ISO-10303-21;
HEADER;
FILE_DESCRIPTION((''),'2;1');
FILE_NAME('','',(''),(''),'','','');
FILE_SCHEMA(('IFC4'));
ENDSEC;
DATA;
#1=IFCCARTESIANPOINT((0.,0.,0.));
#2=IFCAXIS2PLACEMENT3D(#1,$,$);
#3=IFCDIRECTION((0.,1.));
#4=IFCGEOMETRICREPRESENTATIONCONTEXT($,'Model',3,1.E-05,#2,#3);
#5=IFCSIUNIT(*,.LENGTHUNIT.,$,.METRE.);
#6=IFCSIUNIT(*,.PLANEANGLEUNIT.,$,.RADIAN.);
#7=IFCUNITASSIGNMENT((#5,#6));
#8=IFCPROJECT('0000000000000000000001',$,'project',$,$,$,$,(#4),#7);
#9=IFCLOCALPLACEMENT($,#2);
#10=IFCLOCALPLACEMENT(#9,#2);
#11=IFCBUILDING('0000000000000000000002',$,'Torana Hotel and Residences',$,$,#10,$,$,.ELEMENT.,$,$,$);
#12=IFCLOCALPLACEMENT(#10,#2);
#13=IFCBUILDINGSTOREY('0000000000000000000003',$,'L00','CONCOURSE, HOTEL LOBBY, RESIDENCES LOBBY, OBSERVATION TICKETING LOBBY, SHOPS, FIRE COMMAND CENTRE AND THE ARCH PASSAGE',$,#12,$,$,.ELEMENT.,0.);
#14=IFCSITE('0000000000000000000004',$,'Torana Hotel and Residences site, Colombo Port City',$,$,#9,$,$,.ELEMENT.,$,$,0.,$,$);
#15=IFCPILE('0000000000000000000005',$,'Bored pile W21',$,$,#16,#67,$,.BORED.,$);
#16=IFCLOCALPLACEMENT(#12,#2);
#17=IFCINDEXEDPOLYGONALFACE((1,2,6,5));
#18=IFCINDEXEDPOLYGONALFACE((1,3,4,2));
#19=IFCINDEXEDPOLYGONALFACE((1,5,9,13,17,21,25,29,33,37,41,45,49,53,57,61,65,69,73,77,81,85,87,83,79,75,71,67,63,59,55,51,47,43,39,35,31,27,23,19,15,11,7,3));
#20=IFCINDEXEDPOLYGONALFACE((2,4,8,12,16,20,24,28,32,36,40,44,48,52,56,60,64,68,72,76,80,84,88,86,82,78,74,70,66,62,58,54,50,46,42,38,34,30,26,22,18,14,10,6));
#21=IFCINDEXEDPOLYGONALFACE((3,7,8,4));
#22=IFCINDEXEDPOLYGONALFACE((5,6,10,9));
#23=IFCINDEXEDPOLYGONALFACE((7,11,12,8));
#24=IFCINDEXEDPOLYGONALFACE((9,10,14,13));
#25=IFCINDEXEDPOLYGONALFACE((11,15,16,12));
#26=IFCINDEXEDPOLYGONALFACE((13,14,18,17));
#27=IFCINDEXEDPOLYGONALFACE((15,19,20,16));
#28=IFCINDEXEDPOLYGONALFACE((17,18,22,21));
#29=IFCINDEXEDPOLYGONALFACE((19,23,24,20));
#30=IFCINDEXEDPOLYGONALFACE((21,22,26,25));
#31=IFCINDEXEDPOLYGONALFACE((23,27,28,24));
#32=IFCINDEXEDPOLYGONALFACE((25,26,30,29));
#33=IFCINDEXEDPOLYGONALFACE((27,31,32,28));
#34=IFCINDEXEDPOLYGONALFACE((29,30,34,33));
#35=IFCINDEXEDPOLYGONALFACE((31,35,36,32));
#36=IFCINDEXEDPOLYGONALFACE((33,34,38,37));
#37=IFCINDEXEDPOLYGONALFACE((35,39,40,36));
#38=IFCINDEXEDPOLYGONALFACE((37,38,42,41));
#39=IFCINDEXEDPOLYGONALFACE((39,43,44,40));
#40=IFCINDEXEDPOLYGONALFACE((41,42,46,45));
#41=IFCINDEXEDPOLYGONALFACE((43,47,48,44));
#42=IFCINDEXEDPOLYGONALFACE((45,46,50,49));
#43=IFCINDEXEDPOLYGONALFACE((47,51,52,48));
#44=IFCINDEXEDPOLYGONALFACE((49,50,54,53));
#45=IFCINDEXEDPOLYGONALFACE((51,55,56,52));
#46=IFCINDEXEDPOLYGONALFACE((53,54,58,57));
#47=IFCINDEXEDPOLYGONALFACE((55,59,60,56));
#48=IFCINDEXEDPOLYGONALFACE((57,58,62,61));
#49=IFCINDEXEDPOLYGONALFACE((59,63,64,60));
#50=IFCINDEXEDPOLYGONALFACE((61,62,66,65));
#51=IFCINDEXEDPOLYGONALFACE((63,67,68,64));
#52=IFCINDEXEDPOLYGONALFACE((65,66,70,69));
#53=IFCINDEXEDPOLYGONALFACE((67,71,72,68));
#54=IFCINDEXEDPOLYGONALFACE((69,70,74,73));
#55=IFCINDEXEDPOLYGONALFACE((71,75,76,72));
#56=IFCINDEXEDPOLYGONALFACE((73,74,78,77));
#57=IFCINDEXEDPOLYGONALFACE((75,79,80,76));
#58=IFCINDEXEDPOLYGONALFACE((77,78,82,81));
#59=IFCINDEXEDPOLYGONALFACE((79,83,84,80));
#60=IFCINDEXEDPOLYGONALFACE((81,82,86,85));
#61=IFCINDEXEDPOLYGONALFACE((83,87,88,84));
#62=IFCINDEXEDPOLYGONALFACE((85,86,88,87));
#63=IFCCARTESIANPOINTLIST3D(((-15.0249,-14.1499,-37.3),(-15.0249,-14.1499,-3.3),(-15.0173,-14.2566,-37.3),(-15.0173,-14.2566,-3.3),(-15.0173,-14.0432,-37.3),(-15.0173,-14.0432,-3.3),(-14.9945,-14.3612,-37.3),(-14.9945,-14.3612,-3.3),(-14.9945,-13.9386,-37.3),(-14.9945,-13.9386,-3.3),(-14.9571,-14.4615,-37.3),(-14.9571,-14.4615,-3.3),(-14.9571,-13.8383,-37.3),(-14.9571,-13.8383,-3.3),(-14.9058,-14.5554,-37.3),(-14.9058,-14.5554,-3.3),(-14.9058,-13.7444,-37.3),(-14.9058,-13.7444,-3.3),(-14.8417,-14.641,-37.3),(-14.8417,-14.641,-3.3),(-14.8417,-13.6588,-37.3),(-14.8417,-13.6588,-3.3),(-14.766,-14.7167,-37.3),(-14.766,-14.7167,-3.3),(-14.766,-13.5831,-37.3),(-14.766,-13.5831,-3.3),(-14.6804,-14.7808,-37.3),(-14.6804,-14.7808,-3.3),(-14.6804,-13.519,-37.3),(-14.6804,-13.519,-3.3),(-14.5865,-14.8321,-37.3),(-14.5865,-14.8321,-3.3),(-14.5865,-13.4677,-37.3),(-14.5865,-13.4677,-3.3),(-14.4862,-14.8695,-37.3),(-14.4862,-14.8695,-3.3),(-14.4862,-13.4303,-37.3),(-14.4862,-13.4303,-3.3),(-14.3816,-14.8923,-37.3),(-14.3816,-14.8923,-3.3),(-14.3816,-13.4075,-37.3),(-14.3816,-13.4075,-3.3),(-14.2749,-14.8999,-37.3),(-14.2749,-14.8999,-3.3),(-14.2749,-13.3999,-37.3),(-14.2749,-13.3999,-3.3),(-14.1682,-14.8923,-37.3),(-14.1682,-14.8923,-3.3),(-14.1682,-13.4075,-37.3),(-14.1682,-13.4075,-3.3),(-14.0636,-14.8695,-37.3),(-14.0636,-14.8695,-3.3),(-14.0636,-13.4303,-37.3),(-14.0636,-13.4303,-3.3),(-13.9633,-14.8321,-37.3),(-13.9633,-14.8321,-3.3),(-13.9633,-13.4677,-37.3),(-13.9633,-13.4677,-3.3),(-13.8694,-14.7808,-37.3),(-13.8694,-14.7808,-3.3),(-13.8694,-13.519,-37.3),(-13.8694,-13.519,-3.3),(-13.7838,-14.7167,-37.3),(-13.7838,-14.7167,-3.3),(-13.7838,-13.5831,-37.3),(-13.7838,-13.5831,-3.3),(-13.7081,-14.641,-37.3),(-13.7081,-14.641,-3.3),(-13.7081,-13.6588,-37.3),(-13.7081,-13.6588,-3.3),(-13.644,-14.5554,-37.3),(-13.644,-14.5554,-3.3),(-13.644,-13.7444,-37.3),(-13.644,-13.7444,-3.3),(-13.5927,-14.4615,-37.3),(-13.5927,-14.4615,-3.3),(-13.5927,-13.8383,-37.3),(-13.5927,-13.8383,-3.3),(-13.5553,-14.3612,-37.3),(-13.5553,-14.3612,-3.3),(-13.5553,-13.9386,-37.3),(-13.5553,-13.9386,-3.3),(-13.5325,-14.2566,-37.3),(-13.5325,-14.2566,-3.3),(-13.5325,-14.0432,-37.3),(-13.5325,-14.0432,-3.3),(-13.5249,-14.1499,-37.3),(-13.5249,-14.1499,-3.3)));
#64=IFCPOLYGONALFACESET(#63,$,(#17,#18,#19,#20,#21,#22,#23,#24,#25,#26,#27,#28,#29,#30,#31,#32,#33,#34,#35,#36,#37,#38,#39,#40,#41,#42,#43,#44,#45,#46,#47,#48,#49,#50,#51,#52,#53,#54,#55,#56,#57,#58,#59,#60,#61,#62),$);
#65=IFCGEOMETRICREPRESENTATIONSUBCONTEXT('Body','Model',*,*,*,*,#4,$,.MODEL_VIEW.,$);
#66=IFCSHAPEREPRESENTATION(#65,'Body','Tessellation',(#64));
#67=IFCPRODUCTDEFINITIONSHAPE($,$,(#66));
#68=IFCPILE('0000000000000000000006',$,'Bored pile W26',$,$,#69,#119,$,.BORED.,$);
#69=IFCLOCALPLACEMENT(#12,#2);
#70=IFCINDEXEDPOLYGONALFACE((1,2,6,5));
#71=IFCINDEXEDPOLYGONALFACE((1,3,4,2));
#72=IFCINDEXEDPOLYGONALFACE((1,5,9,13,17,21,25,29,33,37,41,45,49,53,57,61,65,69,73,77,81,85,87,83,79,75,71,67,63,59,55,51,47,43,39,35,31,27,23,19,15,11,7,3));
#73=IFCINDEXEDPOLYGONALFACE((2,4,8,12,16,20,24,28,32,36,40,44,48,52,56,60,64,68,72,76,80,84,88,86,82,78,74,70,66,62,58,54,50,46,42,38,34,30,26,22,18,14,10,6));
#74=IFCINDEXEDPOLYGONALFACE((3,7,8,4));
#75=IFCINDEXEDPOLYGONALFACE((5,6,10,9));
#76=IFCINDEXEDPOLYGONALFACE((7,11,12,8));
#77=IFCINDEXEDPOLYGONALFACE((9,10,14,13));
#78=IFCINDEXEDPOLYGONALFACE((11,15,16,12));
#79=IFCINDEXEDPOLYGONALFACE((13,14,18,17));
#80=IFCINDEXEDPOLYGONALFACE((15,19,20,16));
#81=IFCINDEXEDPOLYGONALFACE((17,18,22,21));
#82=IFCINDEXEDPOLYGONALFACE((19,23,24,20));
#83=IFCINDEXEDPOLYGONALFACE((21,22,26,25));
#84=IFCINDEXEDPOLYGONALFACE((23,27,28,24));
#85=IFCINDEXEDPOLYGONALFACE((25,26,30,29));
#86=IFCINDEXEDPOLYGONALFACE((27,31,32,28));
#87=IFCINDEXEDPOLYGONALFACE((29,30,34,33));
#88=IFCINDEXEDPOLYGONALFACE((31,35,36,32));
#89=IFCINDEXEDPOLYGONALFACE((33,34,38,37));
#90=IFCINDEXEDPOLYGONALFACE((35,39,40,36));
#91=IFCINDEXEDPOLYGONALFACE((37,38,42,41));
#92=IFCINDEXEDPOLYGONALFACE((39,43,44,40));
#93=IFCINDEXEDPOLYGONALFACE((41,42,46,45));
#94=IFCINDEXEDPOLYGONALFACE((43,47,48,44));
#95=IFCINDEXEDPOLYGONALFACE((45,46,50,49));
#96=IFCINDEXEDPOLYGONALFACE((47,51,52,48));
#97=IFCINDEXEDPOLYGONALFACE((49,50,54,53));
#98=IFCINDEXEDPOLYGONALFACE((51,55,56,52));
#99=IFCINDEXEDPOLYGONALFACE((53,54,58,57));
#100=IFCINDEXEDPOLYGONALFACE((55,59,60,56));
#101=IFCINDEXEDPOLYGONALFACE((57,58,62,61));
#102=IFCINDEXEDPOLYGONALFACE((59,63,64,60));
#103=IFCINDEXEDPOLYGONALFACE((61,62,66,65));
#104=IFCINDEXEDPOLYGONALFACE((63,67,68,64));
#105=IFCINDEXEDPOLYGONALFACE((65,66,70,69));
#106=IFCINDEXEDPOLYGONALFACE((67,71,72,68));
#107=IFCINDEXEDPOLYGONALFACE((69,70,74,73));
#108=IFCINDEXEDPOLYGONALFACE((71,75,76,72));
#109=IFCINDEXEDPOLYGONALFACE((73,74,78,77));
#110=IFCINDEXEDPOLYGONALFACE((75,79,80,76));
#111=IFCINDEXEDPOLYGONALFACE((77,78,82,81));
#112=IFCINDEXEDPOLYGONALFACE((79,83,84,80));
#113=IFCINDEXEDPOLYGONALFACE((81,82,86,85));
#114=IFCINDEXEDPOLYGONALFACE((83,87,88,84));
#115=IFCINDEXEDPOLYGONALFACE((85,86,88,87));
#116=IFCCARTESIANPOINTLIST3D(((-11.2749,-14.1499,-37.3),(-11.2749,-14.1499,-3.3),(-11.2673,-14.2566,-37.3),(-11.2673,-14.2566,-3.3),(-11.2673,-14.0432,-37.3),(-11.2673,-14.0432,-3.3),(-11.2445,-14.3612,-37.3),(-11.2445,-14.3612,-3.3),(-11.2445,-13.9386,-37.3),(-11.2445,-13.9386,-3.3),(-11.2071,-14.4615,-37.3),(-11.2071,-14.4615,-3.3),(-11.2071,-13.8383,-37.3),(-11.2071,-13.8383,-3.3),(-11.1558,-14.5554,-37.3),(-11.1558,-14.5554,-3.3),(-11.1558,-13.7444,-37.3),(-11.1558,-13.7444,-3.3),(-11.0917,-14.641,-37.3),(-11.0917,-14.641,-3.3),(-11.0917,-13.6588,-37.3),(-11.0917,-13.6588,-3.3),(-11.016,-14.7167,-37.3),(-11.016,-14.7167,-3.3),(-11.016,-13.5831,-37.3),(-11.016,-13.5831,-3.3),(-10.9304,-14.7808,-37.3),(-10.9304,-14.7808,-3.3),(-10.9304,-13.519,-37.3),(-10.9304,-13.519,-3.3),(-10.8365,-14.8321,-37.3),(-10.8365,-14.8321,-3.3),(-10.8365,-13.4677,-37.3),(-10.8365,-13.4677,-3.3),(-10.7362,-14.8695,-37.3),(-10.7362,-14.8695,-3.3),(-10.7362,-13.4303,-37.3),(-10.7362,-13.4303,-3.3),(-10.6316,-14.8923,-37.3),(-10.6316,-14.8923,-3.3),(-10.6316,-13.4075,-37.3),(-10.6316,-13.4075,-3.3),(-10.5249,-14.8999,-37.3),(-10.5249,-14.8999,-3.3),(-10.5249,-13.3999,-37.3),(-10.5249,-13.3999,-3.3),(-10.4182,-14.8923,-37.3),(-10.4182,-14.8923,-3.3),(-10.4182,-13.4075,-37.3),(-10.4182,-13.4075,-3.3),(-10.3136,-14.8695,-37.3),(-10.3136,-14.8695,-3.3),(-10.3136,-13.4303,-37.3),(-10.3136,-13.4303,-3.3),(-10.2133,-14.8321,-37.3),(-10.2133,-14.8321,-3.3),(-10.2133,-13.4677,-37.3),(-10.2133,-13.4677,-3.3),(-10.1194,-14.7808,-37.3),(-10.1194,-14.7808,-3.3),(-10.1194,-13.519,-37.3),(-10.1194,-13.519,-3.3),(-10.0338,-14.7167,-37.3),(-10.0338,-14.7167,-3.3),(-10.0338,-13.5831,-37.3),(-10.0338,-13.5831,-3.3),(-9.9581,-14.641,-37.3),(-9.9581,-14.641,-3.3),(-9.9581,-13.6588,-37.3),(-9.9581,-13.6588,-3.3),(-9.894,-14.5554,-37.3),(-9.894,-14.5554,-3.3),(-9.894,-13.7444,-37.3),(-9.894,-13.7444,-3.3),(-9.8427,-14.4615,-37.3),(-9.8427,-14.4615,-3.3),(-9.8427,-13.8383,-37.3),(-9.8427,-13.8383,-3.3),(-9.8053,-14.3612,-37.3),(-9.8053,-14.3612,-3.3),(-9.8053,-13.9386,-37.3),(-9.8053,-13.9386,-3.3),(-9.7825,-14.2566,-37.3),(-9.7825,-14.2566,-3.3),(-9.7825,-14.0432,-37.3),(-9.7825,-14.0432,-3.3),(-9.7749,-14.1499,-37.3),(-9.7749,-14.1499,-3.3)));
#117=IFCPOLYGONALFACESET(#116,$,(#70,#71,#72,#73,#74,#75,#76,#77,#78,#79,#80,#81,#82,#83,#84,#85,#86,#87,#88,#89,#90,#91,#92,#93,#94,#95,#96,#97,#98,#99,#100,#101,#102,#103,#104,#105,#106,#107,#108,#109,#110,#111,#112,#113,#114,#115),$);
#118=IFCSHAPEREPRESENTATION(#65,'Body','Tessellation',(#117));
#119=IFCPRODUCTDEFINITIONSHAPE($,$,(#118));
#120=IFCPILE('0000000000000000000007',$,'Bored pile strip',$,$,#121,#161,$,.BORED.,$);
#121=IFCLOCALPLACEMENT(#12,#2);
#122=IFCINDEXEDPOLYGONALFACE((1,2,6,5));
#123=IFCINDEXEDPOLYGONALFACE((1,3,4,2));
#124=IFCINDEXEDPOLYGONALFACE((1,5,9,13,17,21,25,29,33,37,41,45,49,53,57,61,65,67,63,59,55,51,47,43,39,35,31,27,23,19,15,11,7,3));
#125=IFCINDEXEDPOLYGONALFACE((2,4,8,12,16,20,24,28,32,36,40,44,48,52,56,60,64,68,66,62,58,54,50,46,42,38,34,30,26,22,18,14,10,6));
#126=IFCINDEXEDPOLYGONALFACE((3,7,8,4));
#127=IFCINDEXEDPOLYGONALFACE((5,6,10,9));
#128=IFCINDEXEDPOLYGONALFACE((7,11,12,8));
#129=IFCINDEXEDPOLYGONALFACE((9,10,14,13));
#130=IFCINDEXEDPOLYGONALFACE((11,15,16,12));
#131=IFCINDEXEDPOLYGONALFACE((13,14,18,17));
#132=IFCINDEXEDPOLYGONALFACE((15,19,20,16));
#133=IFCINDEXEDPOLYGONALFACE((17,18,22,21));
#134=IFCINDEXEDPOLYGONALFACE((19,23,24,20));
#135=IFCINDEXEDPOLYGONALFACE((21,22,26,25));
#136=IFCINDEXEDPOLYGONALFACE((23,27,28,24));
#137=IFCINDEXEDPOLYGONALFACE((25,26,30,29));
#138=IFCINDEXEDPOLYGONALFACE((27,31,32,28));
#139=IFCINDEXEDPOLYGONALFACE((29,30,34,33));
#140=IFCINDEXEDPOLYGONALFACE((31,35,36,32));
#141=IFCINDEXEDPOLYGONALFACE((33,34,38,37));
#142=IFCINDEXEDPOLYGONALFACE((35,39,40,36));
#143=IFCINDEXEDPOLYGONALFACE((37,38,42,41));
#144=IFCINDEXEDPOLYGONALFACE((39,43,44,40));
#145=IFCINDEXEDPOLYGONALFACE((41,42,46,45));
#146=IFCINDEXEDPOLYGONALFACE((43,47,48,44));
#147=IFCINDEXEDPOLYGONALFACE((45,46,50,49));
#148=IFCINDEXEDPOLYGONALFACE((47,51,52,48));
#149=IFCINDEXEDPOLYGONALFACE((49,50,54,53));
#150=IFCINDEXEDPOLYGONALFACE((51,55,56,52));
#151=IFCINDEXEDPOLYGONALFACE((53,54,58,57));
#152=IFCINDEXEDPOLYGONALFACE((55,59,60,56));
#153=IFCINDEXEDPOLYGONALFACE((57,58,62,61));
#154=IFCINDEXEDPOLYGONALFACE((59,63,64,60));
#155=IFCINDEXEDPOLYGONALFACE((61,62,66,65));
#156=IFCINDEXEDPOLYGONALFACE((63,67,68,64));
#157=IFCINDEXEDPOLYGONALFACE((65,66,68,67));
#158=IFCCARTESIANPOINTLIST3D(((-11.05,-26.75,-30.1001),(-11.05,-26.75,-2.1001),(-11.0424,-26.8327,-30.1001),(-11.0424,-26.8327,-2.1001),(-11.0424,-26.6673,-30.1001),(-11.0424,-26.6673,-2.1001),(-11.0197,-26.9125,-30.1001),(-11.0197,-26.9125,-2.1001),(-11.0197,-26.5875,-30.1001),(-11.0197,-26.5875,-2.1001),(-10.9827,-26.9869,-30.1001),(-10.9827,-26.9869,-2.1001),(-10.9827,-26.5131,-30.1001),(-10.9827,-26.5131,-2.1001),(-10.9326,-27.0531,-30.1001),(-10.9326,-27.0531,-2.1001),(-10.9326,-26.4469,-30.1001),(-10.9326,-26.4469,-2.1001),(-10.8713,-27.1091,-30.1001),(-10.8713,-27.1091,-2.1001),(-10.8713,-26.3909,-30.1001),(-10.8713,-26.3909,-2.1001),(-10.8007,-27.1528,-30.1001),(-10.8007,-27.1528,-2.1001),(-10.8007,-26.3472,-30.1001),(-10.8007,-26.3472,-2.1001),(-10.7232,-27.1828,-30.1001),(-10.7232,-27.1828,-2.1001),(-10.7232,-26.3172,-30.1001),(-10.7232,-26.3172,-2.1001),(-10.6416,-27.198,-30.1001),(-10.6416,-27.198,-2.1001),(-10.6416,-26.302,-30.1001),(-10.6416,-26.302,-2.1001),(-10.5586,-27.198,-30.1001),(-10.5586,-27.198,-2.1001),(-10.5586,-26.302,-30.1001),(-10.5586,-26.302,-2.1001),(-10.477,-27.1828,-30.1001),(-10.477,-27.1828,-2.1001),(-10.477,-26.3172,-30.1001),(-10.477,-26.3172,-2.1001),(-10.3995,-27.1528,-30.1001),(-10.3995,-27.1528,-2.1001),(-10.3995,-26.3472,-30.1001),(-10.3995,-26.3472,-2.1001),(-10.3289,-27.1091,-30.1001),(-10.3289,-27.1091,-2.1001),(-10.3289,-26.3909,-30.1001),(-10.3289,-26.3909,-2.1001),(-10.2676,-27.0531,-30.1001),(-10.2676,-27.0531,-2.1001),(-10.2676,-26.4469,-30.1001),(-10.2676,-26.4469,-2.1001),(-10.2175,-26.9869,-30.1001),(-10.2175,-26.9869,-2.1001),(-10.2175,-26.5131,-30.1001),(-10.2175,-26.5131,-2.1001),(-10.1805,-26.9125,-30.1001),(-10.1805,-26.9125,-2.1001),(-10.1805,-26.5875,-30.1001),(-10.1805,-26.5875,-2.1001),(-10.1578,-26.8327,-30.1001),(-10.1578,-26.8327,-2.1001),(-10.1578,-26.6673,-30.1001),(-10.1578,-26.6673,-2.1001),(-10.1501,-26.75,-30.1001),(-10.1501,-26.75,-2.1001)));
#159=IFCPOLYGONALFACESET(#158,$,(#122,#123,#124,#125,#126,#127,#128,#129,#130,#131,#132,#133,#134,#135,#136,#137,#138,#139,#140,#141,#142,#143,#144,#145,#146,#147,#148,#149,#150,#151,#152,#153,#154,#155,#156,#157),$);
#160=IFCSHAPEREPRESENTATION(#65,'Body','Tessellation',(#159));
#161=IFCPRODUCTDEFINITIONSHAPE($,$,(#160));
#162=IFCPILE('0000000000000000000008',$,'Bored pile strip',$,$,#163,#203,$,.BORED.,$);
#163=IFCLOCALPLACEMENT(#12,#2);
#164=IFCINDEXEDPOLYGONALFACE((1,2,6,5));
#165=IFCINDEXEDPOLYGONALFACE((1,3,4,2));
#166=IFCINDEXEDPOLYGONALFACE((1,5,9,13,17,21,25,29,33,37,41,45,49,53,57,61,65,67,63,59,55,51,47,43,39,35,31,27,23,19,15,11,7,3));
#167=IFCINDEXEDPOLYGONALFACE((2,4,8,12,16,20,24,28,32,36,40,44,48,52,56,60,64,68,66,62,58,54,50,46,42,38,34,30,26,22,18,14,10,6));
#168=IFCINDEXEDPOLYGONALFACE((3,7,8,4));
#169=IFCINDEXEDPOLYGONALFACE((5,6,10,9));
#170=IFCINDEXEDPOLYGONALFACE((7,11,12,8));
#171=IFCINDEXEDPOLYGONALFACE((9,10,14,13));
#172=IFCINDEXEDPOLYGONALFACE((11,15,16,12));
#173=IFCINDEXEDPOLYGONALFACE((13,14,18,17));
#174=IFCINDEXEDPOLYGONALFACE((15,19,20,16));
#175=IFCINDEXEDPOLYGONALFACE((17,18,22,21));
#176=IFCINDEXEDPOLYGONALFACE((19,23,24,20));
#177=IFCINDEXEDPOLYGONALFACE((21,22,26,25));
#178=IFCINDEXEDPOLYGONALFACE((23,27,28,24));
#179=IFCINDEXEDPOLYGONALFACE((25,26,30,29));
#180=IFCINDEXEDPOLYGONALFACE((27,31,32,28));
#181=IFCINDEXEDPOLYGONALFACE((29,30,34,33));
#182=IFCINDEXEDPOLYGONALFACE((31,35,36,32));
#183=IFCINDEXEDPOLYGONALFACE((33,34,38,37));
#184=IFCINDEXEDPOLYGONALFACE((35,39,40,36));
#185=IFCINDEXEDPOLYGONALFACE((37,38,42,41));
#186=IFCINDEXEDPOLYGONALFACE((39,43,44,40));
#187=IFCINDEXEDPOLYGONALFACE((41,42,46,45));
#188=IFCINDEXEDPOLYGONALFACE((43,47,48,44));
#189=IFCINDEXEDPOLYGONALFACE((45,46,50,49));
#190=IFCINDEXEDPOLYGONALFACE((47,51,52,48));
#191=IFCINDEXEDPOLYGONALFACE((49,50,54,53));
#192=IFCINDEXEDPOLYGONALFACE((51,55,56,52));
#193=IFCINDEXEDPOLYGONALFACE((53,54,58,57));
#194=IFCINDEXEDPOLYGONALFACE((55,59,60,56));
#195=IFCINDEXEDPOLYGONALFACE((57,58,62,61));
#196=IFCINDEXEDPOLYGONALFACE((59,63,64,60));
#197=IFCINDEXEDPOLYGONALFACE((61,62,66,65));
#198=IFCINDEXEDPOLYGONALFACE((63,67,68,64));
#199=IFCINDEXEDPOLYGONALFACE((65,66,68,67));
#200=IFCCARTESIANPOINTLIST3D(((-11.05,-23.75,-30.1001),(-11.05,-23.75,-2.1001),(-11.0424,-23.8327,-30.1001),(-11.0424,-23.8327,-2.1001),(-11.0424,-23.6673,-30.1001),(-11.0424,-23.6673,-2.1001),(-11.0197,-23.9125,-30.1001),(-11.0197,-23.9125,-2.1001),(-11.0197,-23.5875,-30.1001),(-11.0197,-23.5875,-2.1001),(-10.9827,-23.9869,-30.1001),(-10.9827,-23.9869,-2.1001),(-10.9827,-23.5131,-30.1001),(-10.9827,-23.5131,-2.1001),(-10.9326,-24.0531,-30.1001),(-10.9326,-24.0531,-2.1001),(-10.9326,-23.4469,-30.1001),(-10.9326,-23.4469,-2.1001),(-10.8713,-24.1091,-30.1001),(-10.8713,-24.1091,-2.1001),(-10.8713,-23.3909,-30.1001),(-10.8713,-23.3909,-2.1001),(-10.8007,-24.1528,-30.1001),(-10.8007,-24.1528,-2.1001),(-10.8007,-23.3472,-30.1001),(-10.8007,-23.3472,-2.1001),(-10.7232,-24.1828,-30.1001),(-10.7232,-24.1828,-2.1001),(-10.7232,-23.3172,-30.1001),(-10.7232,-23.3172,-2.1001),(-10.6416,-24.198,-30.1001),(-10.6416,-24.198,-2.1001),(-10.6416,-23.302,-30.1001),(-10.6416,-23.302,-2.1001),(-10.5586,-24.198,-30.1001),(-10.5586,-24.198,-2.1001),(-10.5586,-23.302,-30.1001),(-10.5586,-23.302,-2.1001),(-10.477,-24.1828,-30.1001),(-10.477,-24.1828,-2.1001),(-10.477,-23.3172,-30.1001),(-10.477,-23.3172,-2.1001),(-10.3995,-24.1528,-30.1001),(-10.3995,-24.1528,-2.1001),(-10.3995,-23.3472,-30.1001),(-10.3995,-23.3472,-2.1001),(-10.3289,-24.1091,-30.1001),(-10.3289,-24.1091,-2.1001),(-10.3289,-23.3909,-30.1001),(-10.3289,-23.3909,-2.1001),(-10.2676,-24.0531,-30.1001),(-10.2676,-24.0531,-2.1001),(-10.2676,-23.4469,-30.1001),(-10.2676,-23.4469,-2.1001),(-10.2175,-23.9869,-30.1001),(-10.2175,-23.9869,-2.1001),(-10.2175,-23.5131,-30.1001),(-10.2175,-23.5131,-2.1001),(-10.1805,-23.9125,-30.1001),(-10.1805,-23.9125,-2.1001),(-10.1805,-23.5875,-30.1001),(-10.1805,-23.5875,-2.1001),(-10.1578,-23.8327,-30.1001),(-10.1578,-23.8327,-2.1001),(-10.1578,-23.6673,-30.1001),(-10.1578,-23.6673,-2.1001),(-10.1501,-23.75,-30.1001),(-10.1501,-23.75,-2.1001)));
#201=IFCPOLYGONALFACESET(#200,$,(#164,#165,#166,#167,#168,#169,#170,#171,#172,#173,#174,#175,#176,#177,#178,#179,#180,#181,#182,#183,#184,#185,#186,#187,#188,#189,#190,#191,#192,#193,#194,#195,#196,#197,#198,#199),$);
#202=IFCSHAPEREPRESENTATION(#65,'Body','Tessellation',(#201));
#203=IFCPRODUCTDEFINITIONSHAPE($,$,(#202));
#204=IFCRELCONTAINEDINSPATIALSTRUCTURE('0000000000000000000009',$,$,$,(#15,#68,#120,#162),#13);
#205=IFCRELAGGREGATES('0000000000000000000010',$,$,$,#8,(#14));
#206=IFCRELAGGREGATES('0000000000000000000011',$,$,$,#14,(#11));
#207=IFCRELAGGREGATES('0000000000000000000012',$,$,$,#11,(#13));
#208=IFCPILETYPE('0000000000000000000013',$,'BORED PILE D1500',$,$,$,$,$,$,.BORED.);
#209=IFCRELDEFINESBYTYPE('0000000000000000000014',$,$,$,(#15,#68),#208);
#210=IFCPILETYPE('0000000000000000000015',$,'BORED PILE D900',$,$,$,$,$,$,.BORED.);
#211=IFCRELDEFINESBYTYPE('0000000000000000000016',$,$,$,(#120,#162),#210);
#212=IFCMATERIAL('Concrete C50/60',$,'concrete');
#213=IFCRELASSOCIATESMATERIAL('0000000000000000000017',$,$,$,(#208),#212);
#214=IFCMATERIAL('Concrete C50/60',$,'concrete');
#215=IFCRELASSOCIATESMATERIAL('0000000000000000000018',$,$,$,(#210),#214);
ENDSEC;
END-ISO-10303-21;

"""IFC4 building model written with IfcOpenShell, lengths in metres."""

from ifc_helpers import new_model, si_unit, direction, frame, origin, origin_2d, place, context, subcontext, project, spatial, circle, extrude, material, type_object, element, save


model = new_model("IFC4")

# Units and contexts
model_context = context("Model", 3, precision=1e-05, world=origin(), true_north=direction((0.0, 1.0)))
body_context = subcontext(model_context, "Body", "Model", "MODEL_VIEW")
ifc_project = project(units=[si_unit("LENGTHUNIT", "METRE"), si_unit("PLANEANGLEUNIT", "RADIAN")], contexts=[model_context])

# Site, building, storey
site_placement = place(None, origin())
site = spatial("IfcSite", under=ifc_project, at=site_placement, Name="Torana Hotel and Residences site, Colombo Port City", CompositionType="ELEMENT", RefElevation=0.0)
building_placement = place(site_placement, origin())
building = spatial("IfcBuilding", under=site, at=building_placement, Name="Torana Hotel and Residences", CompositionType="ELEMENT")
storey_placement = place(building_placement, origin())
storey = spatial("IfcBuildingStorey", under=building, at=storey_placement, Name="L00", Description="CONCOURSE, HOTEL LOBBY, RESIDENCES LOBBY, OBSERVATION TICKETING LOBBY, SHOPS, FIRE COMMAND CENTRE AND THE ARCH PASSAGE", CompositionType="ELEMENT", Elevation=0.0)

# Piles
ifc_material_1 = material(Name="Concrete C50/60", Category="concrete")
pile_type_1 = type_object("IfcPileType", Name="BORED PILE D1500", PredefinedType="BORED", material=ifc_material_1)
for number, where, z_axis, x_axis, name in (
    (1, (-14.2749, -14.1499, -3.3), (0.0, 0.0, -1.0), (1.0, 0.0, 0.0), "Bored pile W21"),
    (2, (-10.5249, -14.1499, -3.3), (0.0, 0.0, -1.0), (1.0, 0.0, 0.0), "Bored pile W26"),
):
    element("IfcPile", number, at=place(storey_placement, frame(where, z_axis=z_axis, x_axis=x_axis)), inside=storey, type_object=pile_type_1, Name=name, PredefinedType="BORED", context=body_context, shape_type="SweptSolid", body=[
        extrude(circle(Radius=0.75, at=origin_2d()), origin(), (0.0, 0.0, 1.0), 34.0),
    ])
ifc_material_2 = material(Name="Concrete C50/60", Category="concrete")
pile_type_2 = type_object("IfcPileType", Name="BORED PILE D900", PredefinedType="BORED", material=ifc_material_2)
for number, where, z_axis, x_axis, name in (
    (3, (-10.6001, -26.75, -2.1001), (0.0, 0.0, -1.0), (1.0, 0.0, 0.0), "Bored pile strip"),
    (4, (-10.6001, -23.75, -2.1001), (0.0, 0.0, -1.0), (1.0, 0.0, 0.0), "Bored pile strip"),
):
    element("IfcPile", number, at=place(storey_placement, frame(where, z_axis=z_axis, x_axis=x_axis)), inside=storey, type_object=pile_type_2, Name=name, PredefinedType="BORED", context=body_context, shape_type="SweptSolid", body=[
        extrude(circle(Radius=0.45, at=origin_2d()), origin(), (0.0, 0.0, 1.0), 28.0),
    ])

save(model, "model.ifc")
